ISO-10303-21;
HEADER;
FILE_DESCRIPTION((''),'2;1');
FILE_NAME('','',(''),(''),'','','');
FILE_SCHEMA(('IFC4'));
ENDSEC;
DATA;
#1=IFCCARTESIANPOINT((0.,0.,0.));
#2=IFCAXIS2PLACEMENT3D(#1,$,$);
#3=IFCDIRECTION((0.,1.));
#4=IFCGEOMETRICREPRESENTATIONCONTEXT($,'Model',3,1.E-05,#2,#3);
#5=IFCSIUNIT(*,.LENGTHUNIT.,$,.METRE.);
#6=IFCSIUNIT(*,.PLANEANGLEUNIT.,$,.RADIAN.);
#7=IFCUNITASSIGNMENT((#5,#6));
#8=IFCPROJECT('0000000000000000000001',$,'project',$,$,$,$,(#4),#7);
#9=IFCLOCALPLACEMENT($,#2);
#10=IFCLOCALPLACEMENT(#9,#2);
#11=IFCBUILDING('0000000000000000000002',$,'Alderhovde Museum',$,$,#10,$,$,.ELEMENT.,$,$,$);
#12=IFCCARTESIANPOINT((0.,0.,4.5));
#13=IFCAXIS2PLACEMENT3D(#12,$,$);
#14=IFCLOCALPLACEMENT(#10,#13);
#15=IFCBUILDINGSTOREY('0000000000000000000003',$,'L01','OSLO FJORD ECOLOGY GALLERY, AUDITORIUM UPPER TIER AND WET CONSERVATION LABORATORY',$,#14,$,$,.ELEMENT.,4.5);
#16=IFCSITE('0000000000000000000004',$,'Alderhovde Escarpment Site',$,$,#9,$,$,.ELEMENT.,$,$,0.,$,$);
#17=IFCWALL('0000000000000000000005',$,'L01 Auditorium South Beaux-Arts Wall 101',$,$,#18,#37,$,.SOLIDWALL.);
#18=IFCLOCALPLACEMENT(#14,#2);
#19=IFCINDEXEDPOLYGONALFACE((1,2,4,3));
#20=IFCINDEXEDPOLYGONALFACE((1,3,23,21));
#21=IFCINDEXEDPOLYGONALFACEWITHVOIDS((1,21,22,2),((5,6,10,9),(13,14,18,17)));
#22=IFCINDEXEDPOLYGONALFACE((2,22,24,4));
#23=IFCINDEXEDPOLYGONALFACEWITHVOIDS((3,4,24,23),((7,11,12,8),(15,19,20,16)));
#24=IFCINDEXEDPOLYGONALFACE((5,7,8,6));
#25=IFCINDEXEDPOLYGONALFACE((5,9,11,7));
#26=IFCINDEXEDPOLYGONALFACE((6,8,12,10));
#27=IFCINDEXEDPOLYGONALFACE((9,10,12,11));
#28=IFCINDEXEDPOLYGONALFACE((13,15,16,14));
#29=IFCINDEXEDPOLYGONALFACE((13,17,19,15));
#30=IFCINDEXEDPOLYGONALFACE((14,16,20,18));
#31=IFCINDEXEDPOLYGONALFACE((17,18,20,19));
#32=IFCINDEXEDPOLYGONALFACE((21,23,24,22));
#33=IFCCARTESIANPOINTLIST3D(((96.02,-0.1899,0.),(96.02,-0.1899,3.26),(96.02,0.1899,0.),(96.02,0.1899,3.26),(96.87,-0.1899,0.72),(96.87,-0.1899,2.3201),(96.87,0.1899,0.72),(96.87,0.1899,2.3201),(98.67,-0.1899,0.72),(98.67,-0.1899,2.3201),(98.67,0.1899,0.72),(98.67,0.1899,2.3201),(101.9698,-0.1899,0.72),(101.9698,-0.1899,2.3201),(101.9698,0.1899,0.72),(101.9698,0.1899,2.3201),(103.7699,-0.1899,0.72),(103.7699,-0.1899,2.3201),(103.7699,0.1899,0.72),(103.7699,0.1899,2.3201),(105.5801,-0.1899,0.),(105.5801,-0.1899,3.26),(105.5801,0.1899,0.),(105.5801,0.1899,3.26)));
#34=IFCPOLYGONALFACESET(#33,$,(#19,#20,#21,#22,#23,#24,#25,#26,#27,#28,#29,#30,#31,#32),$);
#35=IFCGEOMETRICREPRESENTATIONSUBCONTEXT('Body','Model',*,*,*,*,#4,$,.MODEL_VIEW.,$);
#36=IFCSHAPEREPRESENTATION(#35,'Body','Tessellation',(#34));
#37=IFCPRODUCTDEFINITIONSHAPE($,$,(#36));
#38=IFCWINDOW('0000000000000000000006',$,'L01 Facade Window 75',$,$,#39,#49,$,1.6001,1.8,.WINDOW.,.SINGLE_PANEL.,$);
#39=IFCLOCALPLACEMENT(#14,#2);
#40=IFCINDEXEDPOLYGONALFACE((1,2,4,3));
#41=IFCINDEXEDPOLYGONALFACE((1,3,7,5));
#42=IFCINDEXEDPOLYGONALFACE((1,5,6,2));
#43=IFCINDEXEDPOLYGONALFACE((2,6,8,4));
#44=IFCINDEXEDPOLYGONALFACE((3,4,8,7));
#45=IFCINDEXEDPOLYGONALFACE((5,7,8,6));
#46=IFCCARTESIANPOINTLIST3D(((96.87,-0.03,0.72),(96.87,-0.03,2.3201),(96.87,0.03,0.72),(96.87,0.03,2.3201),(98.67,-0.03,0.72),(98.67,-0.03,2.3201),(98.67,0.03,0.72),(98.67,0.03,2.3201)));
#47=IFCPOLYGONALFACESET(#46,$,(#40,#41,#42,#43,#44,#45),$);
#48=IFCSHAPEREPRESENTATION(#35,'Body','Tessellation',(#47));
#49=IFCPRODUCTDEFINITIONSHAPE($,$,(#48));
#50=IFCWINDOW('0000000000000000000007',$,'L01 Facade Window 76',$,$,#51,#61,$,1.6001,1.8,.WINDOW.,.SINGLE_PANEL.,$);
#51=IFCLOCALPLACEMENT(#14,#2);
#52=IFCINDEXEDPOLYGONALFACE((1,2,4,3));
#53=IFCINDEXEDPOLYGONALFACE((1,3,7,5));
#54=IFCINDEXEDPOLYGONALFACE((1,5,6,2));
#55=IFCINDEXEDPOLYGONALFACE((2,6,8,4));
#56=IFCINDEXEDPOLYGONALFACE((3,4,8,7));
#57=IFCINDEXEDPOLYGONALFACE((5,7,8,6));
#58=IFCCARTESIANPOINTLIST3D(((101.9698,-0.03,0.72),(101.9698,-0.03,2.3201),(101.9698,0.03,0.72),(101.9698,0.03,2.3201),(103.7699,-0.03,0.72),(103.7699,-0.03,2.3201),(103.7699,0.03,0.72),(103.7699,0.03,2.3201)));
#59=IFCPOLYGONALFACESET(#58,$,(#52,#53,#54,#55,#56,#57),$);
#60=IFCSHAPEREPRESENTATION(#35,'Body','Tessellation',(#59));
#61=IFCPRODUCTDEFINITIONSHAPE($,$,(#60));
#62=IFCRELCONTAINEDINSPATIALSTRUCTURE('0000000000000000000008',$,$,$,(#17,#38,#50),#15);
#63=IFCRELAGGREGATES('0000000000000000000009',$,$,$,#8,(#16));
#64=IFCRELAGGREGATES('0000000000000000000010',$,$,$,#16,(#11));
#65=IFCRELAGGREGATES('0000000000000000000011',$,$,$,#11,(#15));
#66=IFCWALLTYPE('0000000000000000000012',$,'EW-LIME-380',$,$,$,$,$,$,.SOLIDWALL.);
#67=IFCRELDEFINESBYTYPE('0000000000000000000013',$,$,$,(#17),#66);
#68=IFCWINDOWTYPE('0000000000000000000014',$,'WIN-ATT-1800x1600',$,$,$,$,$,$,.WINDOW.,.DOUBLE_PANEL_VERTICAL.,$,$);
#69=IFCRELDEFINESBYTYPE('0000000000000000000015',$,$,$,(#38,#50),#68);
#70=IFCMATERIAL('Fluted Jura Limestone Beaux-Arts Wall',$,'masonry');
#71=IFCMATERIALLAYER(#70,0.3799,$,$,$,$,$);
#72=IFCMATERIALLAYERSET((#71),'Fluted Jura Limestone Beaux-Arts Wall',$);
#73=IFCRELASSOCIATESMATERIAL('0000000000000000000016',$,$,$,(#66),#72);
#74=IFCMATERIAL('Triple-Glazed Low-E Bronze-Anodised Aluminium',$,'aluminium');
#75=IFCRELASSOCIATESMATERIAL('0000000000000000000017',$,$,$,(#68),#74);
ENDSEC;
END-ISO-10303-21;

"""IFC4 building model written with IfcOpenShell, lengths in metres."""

from ifc_helpers import new_model, si_unit, direction, frame, frame_2d, origin, place, context, subcontext, project, spatial, rectangle, extrude, material, layer, layer_set, type_object, element, fill, save


model = new_model("IFC4")

# Units and contexts
model_context = context("Model", 3, precision=1e-05, world=origin(), true_north=direction((0.0, 1.0)))
body_context = subcontext(model_context, "Body", "Model", "MODEL_VIEW")
ifc_project = project(units=[si_unit("LENGTHUNIT", "METRE"), si_unit("PLANEANGLEUNIT", "RADIAN")], contexts=[model_context])

# Site, building, storey
site_placement = place(None, origin())
site = spatial("IfcSite", under=ifc_project, at=site_placement, Name="Alderhovde Escarpment Site", CompositionType="ELEMENT", RefElevation=0.0)
building_placement = place(site_placement, origin())
building = spatial("IfcBuilding", under=site, at=building_placement, Name="Alderhovde Museum", CompositionType="ELEMENT")
storey_placement = place(building_placement, frame((0.0, 0.0, 4.5)))
storey = spatial("IfcBuildingStorey", under=building, at=storey_placement, Name="L01", Description="OSLO FJORD ECOLOGY GALLERY, AUDITORIUM UPPER TIER AND WET CONSERVATION LABORATORY", CompositionType="ELEMENT", Elevation=4.5)

# Wall, openings, windows
ifc_material_1 = material(Name="Fluted Jura Limestone Beaux-Arts Wall", Category="masonry")
ifc_layer = layer(ifc_material_1, 0.3799)
ifc_layer_set = layer_set([ifc_layer], Name="Fluted Jura Limestone Beaux-Arts Wall")
wall_type = type_object("IfcWallType", Name="EW-LIME-380", PredefinedType="SOLIDWALL", material=ifc_layer_set)
wall_placement = place(storey_placement, frame((96.02, 0.0, 0.0), z_axis=(0.0, 0.0, 1.0), x_axis=(1.0, 0.0, 0.0)))
wall = element("IfcWall", 1, at=wall_placement, inside=storey, type_object=wall_type, Name="L01 Auditorium South Beaux-Arts Wall 101", PredefinedType="SOLIDWALL", context=body_context, shape_type="SweptSolid", body=[
    extrude(rectangle(XDim=9.5601, YDim=0.3799, at=frame_2d((4.78, 0.0))), origin(), (0.0, 0.0, 1.0), 3.26),
])
opening_1_placement = place(wall_placement, frame((0.8501, 0.0, 0.72)))
opening_1 = element("IfcOpeningElement", 2, at=opening_1_placement, cuts=wall, PredefinedType="OPENING", context=body_context, shape_type="SweptSolid", body=[
    extrude(rectangle(XDim=1.8, YDim=1.6001, at=frame_2d((0.8999, 0.8))), frame((0.0, 0.2, 0.0), z_axis=(0.0, -1.0, 0.0), x_axis=(1.0, 0.0, 0.0)), (0.0, 0.0, 1.0), 0.3999),
])
opening_2_placement = place(wall_placement, frame((5.95, 0.0, 0.72)))
opening_2 = element("IfcOpeningElement", 3, at=opening_2_placement, cuts=wall, PredefinedType="OPENING", context=body_context, shape_type="SweptSolid", body=[
    extrude(rectangle(XDim=1.8, YDim=1.6001, at=frame_2d((0.8999, 0.8))), frame((0.0, 0.2, 0.0), z_axis=(0.0, -1.0, 0.0), x_axis=(1.0, 0.0, 0.0)), (0.0, 0.0, 1.0), 0.3999),
])
ifc_material_2 = material(Name="Triple-Glazed Low-E Bronze-Anodised Aluminium", Category="aluminium")
window_type = type_object("IfcWindowType", Name="WIN-ATT-1800x1600", PartitioningType="DOUBLE_PANEL_VERTICAL", PredefinedType="WINDOW", material=ifc_material_2)
window_1_placement = place(opening_1_placement, origin())
window_1 = element("IfcWindow", 4, at=window_1_placement, inside=storey, type_object=window_type, Name="L01 Facade Window 75", OverallHeight=1.6001, OverallWidth=1.8, PartitioningType="SINGLE_PANEL", PredefinedType="WINDOW", context=body_context, shape_type="SweptSolid", body=[
    extrude(rectangle(XDim=1.8, YDim=1.6001, at=frame_2d((0.8999, 0.8))), frame((0.0, 0.03, 0.0), z_axis=(0.0, -1.0, 0.0), x_axis=(1.0, 0.0, 0.0)), (0.0, 0.0, 1.0), 0.0601),
])
fill(opening_1, window_1)
window_2_placement = place(opening_2_placement, origin())
window_2 = element("IfcWindow", 5, at=window_2_placement, inside=storey, type_object=window_type, Name="L01 Facade Window 76", OverallHeight=1.6001, OverallWidth=1.8, PartitioningType="SINGLE_PANEL", PredefinedType="WINDOW", context=body_context, shape_type="SweptSolid", body=[
    extrude(rectangle(XDim=1.8, YDim=1.6001, at=frame_2d((0.8999, 0.8))), frame((0.0, 0.03, 0.0), z_axis=(0.0, -1.0, 0.0), x_axis=(1.0, 0.0, 0.0)), (0.0, 0.0, 1.0), 0.0601),
])
fill(opening_2, window_2)

save(model, "model.ifc")
